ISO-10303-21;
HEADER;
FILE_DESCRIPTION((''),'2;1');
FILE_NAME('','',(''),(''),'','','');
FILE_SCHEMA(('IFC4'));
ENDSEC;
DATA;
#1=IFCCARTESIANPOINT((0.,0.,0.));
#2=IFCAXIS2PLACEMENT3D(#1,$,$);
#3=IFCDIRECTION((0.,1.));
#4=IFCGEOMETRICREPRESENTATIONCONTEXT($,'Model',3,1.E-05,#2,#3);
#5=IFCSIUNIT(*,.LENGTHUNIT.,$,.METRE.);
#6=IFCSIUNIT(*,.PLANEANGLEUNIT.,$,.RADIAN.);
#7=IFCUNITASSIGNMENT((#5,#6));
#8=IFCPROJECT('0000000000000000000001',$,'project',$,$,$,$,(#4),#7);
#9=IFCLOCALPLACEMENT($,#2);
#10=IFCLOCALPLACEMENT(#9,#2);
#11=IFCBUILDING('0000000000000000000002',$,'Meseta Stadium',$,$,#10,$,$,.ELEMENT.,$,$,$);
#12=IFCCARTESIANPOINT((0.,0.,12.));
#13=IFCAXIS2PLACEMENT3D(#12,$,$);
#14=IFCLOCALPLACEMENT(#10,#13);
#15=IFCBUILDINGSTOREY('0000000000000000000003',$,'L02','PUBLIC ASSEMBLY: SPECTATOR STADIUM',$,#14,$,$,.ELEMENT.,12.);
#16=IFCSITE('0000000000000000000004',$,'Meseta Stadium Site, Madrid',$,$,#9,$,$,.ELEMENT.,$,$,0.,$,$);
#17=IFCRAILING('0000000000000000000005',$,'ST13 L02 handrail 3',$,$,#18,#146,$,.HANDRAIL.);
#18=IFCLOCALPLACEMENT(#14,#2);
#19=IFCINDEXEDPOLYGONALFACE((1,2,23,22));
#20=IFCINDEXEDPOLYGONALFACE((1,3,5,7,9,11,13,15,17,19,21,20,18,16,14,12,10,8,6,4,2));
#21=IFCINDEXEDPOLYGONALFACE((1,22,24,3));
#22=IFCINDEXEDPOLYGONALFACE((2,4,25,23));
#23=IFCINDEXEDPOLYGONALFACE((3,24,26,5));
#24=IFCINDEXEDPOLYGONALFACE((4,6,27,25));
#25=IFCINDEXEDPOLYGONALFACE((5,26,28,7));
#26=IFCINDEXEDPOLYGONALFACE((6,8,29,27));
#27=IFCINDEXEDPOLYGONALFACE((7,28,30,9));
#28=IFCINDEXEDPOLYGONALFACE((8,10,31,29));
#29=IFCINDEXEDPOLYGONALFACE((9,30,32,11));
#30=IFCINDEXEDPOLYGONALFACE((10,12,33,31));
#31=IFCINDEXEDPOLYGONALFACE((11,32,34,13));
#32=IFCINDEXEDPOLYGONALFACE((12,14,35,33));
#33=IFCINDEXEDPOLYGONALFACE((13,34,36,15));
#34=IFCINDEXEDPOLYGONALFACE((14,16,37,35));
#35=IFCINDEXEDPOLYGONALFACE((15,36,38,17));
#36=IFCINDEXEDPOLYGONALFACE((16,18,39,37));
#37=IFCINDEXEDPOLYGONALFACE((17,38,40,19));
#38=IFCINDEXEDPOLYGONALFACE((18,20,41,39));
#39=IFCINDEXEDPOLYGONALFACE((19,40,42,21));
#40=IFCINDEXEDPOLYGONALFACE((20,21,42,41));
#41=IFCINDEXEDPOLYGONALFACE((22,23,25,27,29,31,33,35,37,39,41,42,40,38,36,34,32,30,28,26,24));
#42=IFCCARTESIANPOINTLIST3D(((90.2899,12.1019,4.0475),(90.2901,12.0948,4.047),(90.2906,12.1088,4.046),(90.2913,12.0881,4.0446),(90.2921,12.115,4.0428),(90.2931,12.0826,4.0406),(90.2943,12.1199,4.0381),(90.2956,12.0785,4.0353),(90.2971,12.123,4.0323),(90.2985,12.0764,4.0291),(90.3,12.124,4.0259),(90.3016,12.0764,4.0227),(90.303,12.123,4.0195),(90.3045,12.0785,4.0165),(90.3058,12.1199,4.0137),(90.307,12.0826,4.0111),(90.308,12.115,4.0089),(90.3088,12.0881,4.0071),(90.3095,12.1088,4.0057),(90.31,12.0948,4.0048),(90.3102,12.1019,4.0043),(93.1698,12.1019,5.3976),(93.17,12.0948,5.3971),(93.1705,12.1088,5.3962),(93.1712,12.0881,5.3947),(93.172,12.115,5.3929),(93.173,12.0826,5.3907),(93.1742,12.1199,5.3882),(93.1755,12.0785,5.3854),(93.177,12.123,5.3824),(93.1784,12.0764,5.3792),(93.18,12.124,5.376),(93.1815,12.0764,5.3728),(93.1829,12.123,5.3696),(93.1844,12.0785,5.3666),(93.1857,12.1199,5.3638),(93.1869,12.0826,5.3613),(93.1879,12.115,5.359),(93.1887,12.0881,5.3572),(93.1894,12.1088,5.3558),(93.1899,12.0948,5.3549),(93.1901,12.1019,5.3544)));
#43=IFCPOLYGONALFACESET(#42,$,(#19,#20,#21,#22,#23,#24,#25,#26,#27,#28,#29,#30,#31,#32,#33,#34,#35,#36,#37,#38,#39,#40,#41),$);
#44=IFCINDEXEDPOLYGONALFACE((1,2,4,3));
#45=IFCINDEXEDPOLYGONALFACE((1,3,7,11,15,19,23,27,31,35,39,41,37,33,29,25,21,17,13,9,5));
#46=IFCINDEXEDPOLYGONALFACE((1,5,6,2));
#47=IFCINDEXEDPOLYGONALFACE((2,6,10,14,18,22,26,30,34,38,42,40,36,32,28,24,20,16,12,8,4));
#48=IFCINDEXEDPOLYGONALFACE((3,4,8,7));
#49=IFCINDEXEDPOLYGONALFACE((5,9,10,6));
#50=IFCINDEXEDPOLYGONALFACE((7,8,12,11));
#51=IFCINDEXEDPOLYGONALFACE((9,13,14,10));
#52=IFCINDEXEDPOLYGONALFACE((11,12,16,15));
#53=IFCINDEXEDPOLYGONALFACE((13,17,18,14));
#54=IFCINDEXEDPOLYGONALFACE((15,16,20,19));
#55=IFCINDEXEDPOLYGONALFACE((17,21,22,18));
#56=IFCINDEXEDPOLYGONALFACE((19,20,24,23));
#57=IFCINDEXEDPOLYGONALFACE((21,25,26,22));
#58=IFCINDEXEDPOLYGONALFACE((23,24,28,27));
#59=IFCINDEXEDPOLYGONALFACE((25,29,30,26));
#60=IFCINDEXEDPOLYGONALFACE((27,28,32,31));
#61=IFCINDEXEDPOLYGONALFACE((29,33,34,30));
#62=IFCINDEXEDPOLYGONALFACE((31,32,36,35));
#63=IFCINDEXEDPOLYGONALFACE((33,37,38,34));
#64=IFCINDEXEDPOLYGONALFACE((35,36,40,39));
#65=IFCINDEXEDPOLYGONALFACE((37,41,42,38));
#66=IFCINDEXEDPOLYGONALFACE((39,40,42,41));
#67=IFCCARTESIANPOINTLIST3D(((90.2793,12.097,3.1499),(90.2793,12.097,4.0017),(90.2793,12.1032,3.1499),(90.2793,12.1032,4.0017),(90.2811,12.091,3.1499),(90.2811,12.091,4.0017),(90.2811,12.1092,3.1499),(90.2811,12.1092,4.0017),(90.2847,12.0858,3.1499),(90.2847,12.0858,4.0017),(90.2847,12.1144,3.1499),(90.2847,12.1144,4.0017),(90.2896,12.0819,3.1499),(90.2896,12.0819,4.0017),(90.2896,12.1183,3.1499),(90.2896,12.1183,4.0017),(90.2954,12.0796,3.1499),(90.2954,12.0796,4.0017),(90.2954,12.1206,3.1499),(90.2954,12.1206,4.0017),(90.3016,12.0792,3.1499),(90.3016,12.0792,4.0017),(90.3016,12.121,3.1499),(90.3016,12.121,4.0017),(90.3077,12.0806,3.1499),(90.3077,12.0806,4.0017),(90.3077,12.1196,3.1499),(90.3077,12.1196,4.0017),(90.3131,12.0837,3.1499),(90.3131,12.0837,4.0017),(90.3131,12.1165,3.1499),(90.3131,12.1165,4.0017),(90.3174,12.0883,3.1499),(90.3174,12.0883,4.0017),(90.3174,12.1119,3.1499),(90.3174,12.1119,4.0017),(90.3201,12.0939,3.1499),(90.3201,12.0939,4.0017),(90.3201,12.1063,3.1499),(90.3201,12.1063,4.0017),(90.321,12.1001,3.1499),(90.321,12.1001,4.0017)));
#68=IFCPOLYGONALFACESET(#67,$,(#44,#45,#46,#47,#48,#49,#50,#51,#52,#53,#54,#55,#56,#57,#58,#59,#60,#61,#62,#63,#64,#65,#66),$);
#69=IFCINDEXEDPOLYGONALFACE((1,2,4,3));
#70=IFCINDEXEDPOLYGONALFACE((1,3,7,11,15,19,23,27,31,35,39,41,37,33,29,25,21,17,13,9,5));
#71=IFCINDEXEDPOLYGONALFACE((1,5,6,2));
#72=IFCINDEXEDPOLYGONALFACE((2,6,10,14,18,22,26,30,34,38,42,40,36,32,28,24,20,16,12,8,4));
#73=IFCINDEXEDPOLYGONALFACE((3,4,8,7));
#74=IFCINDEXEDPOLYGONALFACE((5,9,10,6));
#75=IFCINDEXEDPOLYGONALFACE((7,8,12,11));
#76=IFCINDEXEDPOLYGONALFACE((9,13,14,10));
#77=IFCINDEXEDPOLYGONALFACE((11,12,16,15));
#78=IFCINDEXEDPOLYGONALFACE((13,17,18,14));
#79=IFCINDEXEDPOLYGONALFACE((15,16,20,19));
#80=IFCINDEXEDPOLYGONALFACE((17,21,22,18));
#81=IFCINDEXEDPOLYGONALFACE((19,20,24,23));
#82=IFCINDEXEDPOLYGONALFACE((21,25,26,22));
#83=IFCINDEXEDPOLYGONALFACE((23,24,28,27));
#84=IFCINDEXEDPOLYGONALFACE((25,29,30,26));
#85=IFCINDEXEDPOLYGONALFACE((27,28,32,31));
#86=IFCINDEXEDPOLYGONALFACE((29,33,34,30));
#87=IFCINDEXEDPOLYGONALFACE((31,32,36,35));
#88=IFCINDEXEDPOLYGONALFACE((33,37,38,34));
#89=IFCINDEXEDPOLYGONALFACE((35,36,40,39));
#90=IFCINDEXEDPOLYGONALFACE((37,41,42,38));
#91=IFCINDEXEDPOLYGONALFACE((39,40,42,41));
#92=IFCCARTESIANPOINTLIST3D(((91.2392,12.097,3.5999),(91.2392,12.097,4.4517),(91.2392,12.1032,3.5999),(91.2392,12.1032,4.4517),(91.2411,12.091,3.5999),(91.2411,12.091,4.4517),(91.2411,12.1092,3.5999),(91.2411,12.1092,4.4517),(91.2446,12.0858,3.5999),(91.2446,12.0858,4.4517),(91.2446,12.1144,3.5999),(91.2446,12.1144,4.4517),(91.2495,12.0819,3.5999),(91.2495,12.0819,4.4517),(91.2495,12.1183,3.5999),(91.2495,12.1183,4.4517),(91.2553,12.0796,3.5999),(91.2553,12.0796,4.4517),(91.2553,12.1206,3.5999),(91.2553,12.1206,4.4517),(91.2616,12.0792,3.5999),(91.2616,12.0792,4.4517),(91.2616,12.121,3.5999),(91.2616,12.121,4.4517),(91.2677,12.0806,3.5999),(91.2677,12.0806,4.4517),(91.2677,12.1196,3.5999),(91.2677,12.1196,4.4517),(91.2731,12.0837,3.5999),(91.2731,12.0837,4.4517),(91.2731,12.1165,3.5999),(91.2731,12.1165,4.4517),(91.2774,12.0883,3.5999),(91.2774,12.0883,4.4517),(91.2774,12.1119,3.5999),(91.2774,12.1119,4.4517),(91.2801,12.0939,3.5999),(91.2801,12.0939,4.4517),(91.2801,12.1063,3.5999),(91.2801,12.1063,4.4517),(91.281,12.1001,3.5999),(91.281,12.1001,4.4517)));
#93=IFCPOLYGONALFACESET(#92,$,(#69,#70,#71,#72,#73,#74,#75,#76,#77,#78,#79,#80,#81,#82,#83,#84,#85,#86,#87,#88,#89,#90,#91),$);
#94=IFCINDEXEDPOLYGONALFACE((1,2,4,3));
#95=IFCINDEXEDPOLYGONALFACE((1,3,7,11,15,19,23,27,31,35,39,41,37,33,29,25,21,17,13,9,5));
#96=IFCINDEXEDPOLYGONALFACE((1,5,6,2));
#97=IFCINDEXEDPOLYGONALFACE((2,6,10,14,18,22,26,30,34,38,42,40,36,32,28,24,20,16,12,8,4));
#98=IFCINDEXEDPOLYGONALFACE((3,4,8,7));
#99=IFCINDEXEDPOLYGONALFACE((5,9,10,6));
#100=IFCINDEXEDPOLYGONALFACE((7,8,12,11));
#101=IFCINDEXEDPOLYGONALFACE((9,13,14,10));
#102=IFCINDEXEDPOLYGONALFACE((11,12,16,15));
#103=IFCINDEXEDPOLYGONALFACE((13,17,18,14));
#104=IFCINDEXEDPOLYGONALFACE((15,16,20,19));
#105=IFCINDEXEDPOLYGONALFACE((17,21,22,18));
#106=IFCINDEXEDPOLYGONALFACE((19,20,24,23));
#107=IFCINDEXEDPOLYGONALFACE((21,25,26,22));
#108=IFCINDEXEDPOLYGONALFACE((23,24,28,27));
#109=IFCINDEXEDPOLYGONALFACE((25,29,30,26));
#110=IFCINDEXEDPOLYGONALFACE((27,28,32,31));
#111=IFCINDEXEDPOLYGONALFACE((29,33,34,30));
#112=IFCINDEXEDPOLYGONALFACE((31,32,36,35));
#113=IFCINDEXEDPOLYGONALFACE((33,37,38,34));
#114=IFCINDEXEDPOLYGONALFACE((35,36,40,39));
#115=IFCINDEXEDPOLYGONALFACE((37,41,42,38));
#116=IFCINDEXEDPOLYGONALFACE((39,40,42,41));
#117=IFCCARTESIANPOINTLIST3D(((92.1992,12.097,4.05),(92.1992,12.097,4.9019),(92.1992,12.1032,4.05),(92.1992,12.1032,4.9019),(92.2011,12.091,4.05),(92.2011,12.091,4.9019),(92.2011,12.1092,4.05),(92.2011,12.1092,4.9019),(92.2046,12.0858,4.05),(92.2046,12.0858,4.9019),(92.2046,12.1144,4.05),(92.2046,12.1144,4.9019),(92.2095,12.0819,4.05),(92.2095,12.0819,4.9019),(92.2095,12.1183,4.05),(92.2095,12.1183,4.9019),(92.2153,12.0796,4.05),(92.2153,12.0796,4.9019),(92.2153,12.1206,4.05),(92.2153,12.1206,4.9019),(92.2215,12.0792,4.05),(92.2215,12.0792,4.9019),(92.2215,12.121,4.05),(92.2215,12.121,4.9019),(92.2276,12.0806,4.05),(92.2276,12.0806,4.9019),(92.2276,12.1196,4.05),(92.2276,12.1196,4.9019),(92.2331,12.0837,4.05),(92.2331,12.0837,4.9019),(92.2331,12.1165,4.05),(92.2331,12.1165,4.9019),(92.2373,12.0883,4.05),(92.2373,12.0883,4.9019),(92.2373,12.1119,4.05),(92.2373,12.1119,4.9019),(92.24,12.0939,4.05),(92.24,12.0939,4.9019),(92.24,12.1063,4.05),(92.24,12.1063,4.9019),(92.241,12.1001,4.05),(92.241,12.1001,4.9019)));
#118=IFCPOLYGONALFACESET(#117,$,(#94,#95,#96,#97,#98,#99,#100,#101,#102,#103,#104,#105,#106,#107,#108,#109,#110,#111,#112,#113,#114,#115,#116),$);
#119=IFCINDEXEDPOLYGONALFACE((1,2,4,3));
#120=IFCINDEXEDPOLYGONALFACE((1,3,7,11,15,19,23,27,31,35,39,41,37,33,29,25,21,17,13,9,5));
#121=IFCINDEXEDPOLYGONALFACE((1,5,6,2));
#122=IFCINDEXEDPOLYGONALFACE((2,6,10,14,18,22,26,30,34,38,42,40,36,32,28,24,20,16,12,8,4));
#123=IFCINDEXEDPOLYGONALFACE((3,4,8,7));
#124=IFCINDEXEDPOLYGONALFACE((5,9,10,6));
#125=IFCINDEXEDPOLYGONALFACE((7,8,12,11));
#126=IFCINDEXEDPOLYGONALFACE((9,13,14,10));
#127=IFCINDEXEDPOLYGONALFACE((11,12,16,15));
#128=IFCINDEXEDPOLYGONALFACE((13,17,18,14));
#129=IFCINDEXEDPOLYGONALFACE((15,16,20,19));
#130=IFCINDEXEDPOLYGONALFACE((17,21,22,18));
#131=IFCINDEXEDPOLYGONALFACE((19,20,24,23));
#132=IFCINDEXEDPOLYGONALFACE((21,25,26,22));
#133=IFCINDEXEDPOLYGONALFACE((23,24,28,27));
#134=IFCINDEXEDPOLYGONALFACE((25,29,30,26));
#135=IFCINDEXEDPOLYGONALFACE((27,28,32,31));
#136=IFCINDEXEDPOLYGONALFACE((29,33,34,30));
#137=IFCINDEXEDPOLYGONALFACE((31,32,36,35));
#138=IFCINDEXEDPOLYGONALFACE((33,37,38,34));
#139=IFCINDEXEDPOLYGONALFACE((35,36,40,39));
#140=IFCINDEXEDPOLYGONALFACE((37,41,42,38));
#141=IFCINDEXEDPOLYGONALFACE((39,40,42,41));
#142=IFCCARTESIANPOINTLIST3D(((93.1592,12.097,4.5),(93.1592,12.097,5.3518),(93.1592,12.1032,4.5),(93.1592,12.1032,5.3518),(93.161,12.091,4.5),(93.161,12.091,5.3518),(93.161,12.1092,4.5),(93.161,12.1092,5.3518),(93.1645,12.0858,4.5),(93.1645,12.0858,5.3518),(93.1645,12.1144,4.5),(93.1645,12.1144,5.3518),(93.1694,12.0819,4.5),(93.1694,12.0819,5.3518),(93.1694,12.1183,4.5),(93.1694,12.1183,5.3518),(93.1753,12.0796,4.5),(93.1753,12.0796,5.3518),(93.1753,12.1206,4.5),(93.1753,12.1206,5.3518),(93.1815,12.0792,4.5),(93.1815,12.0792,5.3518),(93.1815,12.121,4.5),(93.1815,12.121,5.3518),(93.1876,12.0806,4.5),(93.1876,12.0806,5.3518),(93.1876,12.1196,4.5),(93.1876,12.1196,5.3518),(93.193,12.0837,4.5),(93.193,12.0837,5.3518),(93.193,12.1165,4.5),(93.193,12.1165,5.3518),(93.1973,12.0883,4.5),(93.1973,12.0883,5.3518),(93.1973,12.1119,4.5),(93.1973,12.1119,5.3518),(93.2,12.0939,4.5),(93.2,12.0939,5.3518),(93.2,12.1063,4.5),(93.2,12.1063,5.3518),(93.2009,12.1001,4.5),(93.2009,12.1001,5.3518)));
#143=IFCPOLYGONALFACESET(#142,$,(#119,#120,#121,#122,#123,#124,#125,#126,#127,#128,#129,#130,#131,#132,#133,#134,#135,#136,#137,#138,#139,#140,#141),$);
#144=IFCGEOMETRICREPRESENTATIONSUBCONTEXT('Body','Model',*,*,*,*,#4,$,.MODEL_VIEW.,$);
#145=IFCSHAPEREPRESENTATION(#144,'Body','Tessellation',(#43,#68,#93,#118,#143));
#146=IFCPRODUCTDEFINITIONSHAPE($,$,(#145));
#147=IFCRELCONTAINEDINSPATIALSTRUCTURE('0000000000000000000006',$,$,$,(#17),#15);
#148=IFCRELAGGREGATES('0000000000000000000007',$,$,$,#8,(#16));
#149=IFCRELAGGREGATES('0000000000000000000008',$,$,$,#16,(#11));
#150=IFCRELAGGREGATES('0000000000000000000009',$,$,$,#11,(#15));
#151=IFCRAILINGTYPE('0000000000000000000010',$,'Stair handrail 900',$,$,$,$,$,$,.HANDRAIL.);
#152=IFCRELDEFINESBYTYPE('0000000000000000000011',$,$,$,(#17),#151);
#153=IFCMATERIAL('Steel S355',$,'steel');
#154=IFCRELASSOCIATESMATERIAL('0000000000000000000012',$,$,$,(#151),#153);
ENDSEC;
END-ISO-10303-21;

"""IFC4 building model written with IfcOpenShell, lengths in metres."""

from ifc_helpers import new_model, si_unit, direction, frame, origin, origin_2d, place, context, subcontext, project, spatial, circle, extrude, material, type_object, element, save


model = new_model("IFC4")

# Units and contexts
model_context = context("Model", 3, precision=1e-05, world=origin(), true_north=direction((0.0, 1.0)))
body_context = subcontext(model_context, "Body", "Model", "MODEL_VIEW")
ifc_project = project(units=[si_unit("LENGTHUNIT", "METRE"), si_unit("PLANEANGLEUNIT", "RADIAN")], contexts=[model_context])

# Site, building, storey
site_placement = place(None, origin())
site = spatial("IfcSite", under=ifc_project, at=site_placement, Name="Meseta Stadium Site, Madrid", CompositionType="ELEMENT", RefElevation=0.0)
building_placement = place(site_placement, origin())
building = spatial("IfcBuilding", under=site, at=building_placement, Name="Meseta Stadium", CompositionType="ELEMENT")
storey_placement = place(building_placement, frame((0.0, 0.0, 12.0)))
storey = spatial("IfcBuildingStorey", under=building, at=storey_placement, Name="L02", Description="PUBLIC ASSEMBLY: SPECTATOR STADIUM", CompositionType="ELEMENT", Elevation=12.0)

# Railing
ifc_material_1 = material(Name="Steel S355", Category="steel")
railing_type_1 = type_object("IfcRailingType", Name="Stair handrail 900", PredefinedType="HANDRAIL", material=ifc_material_1)
railing_1_placement = place(storey_placement, frame((90.3, 12.1001, 3.1499)))
element("IfcRailing", 1, at=railing_1_placement, inside=storey, type_object=railing_type_1, Name="ST13 L02 handrail 3", PredefinedType="HANDRAIL", context=body_context, shape_type="SweptSolid", body=[
    extrude(circle(Radius=0.0239, at=origin_2d()), frame((0.0, 0.0, 0.876), z_axis=(0.90544, 0.0, 0.424473), x_axis=(0.0, 1.0, 0.0)), (0.0, 0.0, 1.0), 3.1807),
    extrude(circle(Radius=0.021, at=origin_2d()), origin(), (0.0, 0.0, 1.0), 0.8518),
    extrude(circle(Radius=0.021, at=origin_2d()), frame((0.96, 0.0, 0.45)), (0.0, 0.0, 1.0), 0.8518),
    extrude(circle(Radius=0.021, at=origin_2d()), frame((1.9199, 0.0, 0.9001)), (0.0, 0.0, 1.0), 0.8518),
    extrude(circle(Radius=0.021, at=origin_2d()), frame((2.8799, 0.0, 1.3501)), (0.0, 0.0, 1.0), 0.8518),
])

save(model, "model.ifc")
